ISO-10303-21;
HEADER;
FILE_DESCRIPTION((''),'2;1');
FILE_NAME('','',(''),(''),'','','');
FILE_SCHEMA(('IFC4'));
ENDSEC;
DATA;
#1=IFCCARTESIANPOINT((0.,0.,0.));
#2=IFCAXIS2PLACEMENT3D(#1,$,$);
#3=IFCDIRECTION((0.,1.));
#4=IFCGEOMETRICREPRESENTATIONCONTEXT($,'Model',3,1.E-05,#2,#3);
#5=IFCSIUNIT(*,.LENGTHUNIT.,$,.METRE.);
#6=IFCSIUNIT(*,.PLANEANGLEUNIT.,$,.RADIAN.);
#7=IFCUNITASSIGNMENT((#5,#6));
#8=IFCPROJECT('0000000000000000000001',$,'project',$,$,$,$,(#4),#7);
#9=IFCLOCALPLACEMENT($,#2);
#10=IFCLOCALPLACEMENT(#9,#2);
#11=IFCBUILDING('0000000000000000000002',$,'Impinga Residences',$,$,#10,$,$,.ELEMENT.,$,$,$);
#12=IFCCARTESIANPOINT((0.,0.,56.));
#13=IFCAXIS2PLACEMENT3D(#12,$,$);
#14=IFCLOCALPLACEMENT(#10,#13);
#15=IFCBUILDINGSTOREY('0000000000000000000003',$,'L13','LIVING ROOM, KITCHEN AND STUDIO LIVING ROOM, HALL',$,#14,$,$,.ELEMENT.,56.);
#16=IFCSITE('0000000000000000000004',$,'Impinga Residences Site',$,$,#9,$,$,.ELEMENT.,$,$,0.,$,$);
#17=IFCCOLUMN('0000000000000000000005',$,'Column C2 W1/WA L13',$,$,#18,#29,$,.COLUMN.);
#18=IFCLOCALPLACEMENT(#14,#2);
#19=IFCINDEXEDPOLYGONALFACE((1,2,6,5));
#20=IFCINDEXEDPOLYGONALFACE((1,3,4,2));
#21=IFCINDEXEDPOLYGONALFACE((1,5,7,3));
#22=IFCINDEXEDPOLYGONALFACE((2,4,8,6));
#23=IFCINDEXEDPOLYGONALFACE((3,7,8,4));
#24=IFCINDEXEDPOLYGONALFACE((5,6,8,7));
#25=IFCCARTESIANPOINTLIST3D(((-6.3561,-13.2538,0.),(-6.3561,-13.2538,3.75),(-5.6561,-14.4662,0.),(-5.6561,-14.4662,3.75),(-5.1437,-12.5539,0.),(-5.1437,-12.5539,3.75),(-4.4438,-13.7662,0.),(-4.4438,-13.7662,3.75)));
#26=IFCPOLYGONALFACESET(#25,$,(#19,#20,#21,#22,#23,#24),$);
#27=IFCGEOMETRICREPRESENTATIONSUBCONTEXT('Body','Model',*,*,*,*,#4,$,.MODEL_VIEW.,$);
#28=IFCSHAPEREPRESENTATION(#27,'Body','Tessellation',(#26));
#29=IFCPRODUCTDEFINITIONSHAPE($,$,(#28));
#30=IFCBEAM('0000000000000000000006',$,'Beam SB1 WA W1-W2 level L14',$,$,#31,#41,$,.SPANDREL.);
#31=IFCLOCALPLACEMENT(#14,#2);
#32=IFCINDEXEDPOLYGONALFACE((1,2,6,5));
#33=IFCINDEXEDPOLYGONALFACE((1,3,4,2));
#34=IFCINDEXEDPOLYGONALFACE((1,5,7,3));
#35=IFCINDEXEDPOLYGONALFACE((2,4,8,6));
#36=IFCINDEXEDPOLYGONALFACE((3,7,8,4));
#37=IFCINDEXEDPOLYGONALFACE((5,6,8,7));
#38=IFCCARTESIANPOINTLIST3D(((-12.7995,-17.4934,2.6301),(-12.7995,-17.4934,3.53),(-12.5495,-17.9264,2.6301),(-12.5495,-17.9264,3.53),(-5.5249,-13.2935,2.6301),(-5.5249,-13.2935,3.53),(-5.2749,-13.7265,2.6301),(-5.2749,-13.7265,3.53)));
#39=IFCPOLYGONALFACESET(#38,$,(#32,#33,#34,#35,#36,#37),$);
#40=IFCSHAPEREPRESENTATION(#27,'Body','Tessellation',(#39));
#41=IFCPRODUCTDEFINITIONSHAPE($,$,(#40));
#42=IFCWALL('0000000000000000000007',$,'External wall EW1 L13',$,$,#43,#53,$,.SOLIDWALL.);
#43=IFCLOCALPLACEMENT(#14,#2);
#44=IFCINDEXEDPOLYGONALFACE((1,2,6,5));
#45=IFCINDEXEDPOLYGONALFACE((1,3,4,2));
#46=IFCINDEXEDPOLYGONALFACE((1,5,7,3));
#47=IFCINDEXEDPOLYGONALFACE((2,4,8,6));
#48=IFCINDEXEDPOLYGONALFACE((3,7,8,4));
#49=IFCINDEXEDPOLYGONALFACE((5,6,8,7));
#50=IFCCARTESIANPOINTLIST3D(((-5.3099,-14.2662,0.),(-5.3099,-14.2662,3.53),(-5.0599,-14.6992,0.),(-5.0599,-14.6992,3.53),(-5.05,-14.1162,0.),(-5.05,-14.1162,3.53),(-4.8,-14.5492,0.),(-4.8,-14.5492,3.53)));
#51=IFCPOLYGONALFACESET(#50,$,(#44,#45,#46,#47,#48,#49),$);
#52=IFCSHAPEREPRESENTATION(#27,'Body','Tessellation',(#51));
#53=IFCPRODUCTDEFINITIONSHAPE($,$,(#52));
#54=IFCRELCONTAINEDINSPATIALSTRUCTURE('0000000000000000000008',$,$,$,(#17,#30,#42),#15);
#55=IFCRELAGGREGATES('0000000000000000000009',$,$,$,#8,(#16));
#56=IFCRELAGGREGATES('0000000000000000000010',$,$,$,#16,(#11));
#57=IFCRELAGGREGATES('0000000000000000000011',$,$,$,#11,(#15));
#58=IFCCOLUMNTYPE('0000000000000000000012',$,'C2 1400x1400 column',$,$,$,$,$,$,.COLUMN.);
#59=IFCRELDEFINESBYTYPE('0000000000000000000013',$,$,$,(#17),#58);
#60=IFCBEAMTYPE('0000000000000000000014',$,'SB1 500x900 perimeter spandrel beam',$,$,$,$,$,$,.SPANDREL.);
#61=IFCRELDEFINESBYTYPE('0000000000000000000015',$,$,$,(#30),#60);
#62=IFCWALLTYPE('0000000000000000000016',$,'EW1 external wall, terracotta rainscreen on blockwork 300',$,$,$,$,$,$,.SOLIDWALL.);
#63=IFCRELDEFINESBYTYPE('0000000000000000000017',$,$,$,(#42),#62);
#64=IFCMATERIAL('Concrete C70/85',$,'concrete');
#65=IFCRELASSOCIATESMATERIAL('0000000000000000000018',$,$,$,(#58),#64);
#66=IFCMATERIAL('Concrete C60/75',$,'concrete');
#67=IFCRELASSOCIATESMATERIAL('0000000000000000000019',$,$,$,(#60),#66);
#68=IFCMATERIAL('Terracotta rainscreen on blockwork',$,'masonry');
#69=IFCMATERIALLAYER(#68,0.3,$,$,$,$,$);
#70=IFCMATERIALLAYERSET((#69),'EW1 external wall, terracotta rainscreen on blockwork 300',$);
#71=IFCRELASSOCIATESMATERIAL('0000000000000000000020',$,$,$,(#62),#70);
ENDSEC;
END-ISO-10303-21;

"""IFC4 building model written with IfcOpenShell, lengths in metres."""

from ifc_helpers import new_model, si_unit, direction, frame, frame_2d, origin, origin_2d, place, context, subcontext, project, spatial, rectangle, extrude, material, layer, layer_set, material_profile, profile_set, type_object, element, save


model = new_model("IFC4")

# Units and contexts
model_context = context("Model", 3, precision=1e-05, world=origin(), true_north=direction((0.0, 1.0)))
body_context = subcontext(model_context, "Body", "Model", "MODEL_VIEW")
ifc_project = project(units=[si_unit("LENGTHUNIT", "METRE"), si_unit("PLANEANGLEUNIT", "RADIAN")], contexts=[model_context])

# Site, building, storey
site_placement = place(None, origin())
site = spatial("IfcSite", under=ifc_project, at=site_placement, Name="Impinga Residences Site", CompositionType="ELEMENT", RefElevation=0.0)
building_placement = place(site_placement, origin())
building = spatial("IfcBuilding", under=site, at=building_placement, Name="Impinga Residences", CompositionType="ELEMENT")
storey_placement = place(building_placement, frame((0.0, 0.0, 56.0)))
storey = spatial("IfcBuildingStorey", under=building, at=storey_placement, Name="L13", Description="LIVING ROOM, KITCHEN AND STUDIO LIVING ROOM, HALL", CompositionType="ELEMENT", Elevation=56.0)

# Column
ifc_material_1 = material(Name="Concrete C70/85", Category="concrete")
ifc_material_profile_1 = material_profile(ifc_material_1, rectangle(XDim=1.3999, YDim=1.3999, at=origin_2d()), Name="RC 1400x1400")
ifc_profile_set_1 = profile_set([ifc_material_profile_1], Name="Concrete C70/85")
column_type = type_object("IfcColumnType", Name="C2 1400x1400 column", PredefinedType="COLUMN", material=ifc_profile_set_1)
column_placement = place(storey_placement, frame((-5.3999, -13.51, 0.0), z_axis=(0.0, 0.0, 1.0), x_axis=(-0.5, 0.866025, 0.0)))
element("IfcColumn", 1, at=column_placement, inside=storey, type_object=column_type, Name="Column C2 W1/WA L13", PredefinedType="COLUMN", context=body_context, shape_type="SweptSolid", body=[
    extrude(rectangle(XDim=1.3999, YDim=1.3999, at=origin_2d()), origin(), (0.0, 0.0, 1.0), 3.75),
])

# Beam
ifc_material_2 = material(Name="Concrete C60/75", Category="concrete")
ifc_material_profile_2 = material_profile(ifc_material_2, rectangle(XDim=0.5, YDim=0.8999, at=origin_2d()), Name="RC 500x900")
ifc_profile_set_2 = profile_set([ifc_material_profile_2], Name="Concrete C60/75")
beam_type = type_object("IfcBeamType", Name="SB1 500x900 perimeter spandrel beam", PredefinedType="SPANDREL", material=ifc_profile_set_2)
beam_placement = place(storey_placement, frame((-5.3999, -13.51, 3.0801), z_axis=(-0.866029, -0.499993, 0.0), x_axis=(0.499993, -0.866029, 0.0)))
element("IfcBeam", 2, at=beam_placement, inside=storey, type_object=beam_type, Name="Beam SB1 WA W1-W2 level L14", PredefinedType="SPANDREL", context=body_context, shape_type="SweptSolid", body=[
    extrude(rectangle(XDim=0.5, YDim=0.8999, at=origin_2d()), origin(), (0.0, 0.0, 1.0), 8.3999),
])

# Wall
ifc_material_3 = material(Name="Terracotta rainscreen on blockwork", Category="masonry")
ifc_layer_1 = layer(ifc_material_3, 0.3)
ifc_layer_set_1 = layer_set([ifc_layer_1], Name="EW1 external wall, terracotta rainscreen on blockwork 300")
wall_type_1 = type_object("IfcWallType", Name="EW1 external wall, terracotta rainscreen on blockwork 300", PredefinedType="SOLIDWALL", material=ifc_layer_set_1)
wall_1_placement = place(storey_placement, frame((-5.1799, -14.1912, 0.0), z_axis=(0.0, 0.0, 1.0), x_axis=(0.49992, -0.866072, 0.0)))
element("IfcWall", 3, at=wall_1_placement, inside=storey, type_object=wall_type_1, Name="External wall EW1 L13", PredefinedType="SOLIDWALL", context=body_context, shape_type="SweptSolid", body=[
    extrude(rectangle(XDim=0.5, YDim=0.3, at=frame_2d((0.25, 0.0))), origin(), (0.0, 0.0, 1.0), 3.53),
])

save(model, "model.ifc")
